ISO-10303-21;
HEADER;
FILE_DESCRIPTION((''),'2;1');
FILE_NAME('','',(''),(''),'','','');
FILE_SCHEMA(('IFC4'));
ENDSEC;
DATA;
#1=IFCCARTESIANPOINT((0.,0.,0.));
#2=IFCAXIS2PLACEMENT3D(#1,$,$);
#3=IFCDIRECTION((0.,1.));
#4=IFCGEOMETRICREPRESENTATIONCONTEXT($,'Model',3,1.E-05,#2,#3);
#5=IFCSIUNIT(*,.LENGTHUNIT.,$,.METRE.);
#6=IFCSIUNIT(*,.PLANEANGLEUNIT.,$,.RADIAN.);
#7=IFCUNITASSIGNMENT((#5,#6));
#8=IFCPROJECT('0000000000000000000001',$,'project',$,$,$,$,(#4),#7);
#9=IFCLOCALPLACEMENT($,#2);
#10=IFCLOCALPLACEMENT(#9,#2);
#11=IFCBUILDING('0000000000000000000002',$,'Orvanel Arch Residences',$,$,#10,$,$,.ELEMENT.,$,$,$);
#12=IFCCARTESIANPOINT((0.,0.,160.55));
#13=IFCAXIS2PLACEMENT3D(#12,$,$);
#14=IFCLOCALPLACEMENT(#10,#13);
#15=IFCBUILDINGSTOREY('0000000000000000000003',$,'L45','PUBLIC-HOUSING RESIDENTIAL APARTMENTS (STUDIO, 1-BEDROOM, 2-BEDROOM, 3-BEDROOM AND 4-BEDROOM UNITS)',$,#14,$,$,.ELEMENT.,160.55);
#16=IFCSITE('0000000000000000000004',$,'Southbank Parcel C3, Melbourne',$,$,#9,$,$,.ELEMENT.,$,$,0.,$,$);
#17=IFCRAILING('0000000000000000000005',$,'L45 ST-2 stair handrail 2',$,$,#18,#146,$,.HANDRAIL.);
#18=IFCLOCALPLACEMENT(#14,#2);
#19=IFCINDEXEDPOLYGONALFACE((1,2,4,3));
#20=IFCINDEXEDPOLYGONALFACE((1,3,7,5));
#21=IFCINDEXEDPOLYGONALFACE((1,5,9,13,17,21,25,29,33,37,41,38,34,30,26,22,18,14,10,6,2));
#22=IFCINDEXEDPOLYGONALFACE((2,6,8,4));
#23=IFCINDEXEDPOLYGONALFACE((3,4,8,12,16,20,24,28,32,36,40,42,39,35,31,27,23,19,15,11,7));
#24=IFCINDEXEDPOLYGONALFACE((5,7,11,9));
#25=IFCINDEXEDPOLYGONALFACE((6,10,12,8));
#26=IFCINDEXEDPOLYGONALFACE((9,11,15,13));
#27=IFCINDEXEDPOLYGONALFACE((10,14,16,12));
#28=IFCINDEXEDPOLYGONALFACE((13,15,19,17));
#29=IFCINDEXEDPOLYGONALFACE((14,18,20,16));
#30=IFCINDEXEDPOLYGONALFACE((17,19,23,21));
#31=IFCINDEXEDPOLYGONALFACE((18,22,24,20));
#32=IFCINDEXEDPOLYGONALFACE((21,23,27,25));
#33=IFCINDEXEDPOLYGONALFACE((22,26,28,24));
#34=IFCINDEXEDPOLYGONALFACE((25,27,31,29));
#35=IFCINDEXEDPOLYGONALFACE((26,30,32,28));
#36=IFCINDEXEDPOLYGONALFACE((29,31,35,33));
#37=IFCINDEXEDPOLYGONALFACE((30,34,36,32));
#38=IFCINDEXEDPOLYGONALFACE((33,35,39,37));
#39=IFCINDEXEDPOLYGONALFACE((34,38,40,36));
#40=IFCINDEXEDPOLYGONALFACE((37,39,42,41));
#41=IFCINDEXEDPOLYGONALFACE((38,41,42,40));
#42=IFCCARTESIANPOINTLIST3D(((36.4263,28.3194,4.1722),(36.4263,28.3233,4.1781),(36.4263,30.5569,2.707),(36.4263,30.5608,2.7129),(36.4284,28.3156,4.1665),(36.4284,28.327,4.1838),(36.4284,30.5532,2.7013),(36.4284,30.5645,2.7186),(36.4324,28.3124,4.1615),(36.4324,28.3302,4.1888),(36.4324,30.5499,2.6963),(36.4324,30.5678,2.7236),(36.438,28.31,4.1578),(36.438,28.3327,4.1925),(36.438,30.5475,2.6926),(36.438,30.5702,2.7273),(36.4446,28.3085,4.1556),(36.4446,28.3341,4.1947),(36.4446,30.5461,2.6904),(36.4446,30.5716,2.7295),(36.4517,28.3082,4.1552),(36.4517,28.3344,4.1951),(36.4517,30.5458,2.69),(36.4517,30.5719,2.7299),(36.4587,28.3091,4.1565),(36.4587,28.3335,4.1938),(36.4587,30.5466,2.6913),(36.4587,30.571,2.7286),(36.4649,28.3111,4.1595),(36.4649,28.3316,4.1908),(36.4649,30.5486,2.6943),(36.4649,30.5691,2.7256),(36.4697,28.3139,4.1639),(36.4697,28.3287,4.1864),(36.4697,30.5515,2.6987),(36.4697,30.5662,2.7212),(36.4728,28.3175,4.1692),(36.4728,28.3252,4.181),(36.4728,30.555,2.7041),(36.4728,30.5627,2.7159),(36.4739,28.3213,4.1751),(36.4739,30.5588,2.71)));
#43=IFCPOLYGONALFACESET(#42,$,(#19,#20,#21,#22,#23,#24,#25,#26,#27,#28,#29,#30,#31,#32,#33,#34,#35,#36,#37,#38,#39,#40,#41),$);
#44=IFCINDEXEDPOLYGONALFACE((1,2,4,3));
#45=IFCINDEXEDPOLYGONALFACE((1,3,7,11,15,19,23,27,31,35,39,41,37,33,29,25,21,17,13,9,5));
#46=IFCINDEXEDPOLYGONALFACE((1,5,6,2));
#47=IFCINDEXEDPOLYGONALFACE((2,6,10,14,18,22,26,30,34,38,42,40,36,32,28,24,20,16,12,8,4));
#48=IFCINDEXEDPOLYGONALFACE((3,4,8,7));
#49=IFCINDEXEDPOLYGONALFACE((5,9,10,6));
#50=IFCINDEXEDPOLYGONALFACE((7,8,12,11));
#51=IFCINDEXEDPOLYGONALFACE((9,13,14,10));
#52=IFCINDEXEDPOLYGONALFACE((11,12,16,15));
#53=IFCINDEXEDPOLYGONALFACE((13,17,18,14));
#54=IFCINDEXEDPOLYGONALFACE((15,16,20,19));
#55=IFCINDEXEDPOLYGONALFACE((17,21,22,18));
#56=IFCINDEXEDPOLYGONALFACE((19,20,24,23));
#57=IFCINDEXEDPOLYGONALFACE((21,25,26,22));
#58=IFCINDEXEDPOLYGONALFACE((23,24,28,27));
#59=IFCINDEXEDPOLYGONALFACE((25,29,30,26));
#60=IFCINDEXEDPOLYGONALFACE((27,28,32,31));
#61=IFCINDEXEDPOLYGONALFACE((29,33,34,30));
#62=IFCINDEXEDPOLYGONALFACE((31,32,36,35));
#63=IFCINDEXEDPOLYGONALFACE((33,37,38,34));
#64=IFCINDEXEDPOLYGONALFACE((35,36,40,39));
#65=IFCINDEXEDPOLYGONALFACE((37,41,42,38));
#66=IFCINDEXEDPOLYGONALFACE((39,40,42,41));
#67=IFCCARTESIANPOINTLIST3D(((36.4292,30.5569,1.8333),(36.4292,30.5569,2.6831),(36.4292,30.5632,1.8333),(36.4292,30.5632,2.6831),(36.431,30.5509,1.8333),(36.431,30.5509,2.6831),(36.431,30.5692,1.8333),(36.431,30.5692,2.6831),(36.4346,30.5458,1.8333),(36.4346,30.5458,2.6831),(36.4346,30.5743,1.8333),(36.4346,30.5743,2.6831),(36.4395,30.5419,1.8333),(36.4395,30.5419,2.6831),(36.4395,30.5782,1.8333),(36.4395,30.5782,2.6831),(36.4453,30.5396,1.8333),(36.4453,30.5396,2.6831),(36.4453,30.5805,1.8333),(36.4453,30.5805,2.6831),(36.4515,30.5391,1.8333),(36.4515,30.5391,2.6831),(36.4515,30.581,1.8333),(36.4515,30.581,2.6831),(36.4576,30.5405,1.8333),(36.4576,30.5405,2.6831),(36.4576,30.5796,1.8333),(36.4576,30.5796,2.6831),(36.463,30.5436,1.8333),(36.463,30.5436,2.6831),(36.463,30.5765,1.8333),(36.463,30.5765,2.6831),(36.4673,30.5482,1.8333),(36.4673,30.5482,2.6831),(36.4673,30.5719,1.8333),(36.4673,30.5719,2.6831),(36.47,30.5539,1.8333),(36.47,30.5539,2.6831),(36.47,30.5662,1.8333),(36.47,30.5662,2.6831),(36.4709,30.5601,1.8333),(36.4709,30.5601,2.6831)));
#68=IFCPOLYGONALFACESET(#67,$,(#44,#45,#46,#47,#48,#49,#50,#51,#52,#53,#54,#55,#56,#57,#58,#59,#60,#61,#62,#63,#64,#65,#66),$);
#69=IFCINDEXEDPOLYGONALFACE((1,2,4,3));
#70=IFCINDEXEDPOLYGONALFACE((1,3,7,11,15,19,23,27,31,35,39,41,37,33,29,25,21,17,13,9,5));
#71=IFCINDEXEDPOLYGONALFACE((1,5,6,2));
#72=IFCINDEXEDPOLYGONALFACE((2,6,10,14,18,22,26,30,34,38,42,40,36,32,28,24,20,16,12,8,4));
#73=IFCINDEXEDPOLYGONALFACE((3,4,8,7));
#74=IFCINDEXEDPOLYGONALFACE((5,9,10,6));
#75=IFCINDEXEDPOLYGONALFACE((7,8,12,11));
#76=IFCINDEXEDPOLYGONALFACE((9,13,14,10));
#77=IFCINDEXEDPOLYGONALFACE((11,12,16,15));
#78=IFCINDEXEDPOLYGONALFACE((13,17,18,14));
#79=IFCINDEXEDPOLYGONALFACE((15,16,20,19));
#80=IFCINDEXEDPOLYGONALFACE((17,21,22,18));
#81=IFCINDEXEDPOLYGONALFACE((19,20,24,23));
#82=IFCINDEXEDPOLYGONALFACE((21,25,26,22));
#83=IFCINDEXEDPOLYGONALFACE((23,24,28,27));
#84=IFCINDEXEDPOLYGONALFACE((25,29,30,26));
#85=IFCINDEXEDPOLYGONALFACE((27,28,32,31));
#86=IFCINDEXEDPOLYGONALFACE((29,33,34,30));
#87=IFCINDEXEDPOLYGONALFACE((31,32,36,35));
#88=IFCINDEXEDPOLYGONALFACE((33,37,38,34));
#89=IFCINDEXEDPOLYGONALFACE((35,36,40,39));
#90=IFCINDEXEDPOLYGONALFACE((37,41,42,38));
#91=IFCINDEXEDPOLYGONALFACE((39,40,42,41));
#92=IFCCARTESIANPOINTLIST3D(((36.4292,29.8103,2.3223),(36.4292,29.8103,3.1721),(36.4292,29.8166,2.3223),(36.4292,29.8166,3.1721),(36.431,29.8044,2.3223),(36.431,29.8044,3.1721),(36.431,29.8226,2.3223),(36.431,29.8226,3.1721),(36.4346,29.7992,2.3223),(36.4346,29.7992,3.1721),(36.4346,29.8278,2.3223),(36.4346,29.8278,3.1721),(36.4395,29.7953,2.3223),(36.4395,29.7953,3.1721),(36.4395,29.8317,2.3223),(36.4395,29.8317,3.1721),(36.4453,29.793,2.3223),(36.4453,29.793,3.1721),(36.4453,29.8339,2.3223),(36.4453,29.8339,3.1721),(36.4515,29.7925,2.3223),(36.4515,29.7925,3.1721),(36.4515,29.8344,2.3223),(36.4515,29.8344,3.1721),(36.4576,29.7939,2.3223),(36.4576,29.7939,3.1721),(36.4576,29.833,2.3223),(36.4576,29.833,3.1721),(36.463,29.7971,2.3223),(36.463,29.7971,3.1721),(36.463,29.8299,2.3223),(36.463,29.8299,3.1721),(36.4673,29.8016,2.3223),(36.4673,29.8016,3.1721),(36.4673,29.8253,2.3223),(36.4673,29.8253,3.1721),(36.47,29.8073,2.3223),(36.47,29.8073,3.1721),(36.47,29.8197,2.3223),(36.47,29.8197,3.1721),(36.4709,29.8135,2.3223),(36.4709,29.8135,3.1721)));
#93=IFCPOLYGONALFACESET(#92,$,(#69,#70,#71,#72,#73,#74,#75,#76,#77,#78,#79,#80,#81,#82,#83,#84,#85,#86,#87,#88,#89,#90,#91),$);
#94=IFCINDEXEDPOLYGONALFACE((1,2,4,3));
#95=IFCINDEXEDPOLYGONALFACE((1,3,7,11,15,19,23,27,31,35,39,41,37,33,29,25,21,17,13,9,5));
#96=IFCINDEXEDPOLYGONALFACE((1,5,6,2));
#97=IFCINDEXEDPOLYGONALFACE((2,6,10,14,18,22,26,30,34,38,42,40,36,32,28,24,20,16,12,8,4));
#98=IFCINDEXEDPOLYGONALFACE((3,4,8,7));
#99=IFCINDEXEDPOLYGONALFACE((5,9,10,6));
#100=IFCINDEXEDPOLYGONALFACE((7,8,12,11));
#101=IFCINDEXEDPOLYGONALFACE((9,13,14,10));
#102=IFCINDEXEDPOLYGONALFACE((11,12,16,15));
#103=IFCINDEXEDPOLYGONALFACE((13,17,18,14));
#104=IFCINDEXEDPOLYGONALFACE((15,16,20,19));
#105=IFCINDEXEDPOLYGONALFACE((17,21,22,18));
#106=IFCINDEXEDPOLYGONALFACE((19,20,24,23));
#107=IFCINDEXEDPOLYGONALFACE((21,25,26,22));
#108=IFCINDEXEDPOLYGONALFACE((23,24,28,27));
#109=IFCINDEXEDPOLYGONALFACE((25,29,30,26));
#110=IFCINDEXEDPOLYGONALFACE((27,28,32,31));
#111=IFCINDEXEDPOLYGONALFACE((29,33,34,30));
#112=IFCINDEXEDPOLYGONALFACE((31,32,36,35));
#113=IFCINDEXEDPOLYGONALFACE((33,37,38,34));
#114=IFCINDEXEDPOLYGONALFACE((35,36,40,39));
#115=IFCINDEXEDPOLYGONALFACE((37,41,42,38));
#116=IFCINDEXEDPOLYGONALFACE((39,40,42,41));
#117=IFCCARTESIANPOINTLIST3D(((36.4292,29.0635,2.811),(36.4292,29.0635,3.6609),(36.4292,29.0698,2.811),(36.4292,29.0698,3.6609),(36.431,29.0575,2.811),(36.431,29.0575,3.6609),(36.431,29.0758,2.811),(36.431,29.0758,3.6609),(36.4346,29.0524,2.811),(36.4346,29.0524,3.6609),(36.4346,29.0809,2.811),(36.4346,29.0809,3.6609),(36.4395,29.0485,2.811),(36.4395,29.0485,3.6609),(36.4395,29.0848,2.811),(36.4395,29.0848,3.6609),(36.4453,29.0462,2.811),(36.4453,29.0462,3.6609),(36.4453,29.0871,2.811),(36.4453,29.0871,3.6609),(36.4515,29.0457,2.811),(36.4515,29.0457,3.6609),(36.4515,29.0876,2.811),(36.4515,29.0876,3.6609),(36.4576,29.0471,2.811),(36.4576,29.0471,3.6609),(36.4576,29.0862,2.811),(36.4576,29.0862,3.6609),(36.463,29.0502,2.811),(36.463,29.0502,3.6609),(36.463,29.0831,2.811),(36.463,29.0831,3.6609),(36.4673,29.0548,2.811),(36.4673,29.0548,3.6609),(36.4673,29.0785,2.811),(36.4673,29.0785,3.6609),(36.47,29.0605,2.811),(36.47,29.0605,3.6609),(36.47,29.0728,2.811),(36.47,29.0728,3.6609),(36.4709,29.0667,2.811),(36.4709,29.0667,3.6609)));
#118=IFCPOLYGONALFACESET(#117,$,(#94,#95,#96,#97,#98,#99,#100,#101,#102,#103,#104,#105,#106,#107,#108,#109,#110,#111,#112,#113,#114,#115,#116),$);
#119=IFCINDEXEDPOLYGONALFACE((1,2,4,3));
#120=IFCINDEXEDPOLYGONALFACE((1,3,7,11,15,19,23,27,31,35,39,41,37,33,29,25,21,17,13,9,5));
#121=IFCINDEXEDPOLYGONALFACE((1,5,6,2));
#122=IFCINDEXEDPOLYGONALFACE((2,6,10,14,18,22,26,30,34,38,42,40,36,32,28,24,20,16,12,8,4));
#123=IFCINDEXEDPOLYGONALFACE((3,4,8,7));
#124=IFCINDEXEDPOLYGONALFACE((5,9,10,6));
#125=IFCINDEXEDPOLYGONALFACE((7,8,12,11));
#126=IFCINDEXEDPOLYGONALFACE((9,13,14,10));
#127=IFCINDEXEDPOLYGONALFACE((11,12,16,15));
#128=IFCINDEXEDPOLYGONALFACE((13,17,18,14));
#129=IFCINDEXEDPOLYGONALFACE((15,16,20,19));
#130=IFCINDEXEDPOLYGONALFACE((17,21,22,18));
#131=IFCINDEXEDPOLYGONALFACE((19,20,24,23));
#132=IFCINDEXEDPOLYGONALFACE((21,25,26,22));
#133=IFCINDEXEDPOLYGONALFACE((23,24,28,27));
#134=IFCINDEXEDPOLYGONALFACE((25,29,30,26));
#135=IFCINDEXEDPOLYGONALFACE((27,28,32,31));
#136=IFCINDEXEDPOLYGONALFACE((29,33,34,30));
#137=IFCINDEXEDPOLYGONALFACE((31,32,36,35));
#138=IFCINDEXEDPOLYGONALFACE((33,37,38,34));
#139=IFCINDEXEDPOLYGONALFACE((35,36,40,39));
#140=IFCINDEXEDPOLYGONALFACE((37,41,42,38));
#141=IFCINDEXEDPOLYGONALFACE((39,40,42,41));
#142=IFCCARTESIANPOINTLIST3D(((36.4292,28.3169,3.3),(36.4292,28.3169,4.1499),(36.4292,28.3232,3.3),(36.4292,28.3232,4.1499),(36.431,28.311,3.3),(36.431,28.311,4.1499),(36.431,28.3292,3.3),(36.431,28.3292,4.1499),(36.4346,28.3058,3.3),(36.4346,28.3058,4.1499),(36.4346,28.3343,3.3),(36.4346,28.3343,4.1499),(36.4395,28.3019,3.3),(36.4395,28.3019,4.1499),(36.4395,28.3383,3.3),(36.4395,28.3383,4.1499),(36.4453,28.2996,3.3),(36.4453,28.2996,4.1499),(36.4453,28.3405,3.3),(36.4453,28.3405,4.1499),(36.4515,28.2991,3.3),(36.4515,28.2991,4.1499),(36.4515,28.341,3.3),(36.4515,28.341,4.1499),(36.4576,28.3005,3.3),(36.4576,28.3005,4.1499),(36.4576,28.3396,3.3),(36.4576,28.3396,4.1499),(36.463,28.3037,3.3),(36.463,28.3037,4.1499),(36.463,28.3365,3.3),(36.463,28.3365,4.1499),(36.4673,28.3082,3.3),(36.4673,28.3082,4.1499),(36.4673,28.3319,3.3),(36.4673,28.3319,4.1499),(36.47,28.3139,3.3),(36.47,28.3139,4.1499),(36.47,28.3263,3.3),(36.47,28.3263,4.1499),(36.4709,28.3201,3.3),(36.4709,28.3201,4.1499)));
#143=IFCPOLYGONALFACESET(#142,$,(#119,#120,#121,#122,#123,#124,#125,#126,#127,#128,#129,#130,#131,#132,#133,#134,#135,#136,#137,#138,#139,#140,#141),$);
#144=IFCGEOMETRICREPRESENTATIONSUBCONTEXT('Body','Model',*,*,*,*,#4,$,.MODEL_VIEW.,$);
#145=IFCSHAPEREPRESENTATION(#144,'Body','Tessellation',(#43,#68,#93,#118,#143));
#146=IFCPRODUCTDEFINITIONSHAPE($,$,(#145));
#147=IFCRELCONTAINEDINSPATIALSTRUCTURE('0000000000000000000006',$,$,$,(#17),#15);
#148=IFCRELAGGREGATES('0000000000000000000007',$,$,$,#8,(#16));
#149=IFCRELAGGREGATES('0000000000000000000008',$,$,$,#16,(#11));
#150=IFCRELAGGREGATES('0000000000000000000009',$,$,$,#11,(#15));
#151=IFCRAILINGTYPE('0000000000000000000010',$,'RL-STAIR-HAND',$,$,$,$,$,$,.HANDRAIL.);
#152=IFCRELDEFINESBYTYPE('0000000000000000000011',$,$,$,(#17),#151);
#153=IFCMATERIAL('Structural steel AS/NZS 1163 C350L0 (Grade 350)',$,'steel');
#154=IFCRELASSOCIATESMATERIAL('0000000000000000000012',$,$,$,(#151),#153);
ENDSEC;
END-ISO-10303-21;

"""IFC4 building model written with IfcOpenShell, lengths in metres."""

from ifc_helpers import new_model, si_unit, direction, frame, origin, origin_2d, place, context, subcontext, project, spatial, circle, extrude, material, type_object, element, save


model = new_model("IFC4")

# Units and contexts
model_context = context("Model", 3, precision=1e-05, world=origin(), true_north=direction((0.0, 1.0)))
body_context = subcontext(model_context, "Body", "Model", "MODEL_VIEW")
ifc_project = project(units=[si_unit("LENGTHUNIT", "METRE"), si_unit("PLANEANGLEUNIT", "RADIAN")], contexts=[model_context])

# Site, building, storey
site_placement = place(None, origin())
site = spatial("IfcSite", under=ifc_project, at=site_placement, Name="Southbank Parcel C3, Melbourne", CompositionType="ELEMENT", RefElevation=0.0)
building_placement = place(site_placement, origin())
building = spatial("IfcBuilding", under=site, at=building_placement, Name="Orvanel Arch Residences", CompositionType="ELEMENT")
storey_placement = place(building_placement, frame((0.0, 0.0, 160.55)))
storey = spatial("IfcBuildingStorey", under=building, at=storey_placement, Name="L45", Description="PUBLIC-HOUSING RESIDENTIAL APARTMENTS (STUDIO, 1-BEDROOM, 2-BEDROOM, 3-BEDROOM AND 4-BEDROOM UNITS)", CompositionType="ELEMENT", Elevation=160.55)

# Railing
ifc_material_1 = material(Name="Structural steel AS/NZS 1163 C350L0 (Grade 350)", Category="steel")
railing_type_1 = type_object("IfcRailingType", Name="RL-STAIR-HAND", PredefinedType="HANDRAIL", material=ifc_material_1)
railing_1_placement = place(storey_placement, frame((36.45, 30.5601, 1.8333)))
element("IfcRailing", 1, at=railing_1_placement, inside=storey, type_object=railing_type_1, Name="L45 ST-2 stair handrail 2", PredefinedType="HANDRAIL", context=body_context, shape_type="SweptSolid", body=[
    extrude(circle(Radius=0.0239, at=origin_2d()), frame((0.0, -0.0012, 0.8767), z_axis=(0.0, -0.836595, 0.547822), x_axis=(1.0, 0.0, 0.0)), (0.0, 0.0, 1.0), 2.6746),
    extrude(circle(Radius=0.021, at=origin_2d()), origin(), (0.0, 0.0, 1.0), 0.8499),
    extrude(circle(Radius=0.021, at=origin_2d()), frame((0.0, -0.7466, 0.489)), (0.0, 0.0, 1.0), 0.8499),
    extrude(circle(Radius=0.021, at=origin_2d()), frame((0.0, -1.4934, 0.9778)), (0.0, 0.0, 1.0), 0.8499),
    extrude(circle(Radius=0.021, at=origin_2d()), frame((0.0, -2.24, 1.4668)), (0.0, 0.0, 1.0), 0.8499),
])

save(model, "model.ifc")
